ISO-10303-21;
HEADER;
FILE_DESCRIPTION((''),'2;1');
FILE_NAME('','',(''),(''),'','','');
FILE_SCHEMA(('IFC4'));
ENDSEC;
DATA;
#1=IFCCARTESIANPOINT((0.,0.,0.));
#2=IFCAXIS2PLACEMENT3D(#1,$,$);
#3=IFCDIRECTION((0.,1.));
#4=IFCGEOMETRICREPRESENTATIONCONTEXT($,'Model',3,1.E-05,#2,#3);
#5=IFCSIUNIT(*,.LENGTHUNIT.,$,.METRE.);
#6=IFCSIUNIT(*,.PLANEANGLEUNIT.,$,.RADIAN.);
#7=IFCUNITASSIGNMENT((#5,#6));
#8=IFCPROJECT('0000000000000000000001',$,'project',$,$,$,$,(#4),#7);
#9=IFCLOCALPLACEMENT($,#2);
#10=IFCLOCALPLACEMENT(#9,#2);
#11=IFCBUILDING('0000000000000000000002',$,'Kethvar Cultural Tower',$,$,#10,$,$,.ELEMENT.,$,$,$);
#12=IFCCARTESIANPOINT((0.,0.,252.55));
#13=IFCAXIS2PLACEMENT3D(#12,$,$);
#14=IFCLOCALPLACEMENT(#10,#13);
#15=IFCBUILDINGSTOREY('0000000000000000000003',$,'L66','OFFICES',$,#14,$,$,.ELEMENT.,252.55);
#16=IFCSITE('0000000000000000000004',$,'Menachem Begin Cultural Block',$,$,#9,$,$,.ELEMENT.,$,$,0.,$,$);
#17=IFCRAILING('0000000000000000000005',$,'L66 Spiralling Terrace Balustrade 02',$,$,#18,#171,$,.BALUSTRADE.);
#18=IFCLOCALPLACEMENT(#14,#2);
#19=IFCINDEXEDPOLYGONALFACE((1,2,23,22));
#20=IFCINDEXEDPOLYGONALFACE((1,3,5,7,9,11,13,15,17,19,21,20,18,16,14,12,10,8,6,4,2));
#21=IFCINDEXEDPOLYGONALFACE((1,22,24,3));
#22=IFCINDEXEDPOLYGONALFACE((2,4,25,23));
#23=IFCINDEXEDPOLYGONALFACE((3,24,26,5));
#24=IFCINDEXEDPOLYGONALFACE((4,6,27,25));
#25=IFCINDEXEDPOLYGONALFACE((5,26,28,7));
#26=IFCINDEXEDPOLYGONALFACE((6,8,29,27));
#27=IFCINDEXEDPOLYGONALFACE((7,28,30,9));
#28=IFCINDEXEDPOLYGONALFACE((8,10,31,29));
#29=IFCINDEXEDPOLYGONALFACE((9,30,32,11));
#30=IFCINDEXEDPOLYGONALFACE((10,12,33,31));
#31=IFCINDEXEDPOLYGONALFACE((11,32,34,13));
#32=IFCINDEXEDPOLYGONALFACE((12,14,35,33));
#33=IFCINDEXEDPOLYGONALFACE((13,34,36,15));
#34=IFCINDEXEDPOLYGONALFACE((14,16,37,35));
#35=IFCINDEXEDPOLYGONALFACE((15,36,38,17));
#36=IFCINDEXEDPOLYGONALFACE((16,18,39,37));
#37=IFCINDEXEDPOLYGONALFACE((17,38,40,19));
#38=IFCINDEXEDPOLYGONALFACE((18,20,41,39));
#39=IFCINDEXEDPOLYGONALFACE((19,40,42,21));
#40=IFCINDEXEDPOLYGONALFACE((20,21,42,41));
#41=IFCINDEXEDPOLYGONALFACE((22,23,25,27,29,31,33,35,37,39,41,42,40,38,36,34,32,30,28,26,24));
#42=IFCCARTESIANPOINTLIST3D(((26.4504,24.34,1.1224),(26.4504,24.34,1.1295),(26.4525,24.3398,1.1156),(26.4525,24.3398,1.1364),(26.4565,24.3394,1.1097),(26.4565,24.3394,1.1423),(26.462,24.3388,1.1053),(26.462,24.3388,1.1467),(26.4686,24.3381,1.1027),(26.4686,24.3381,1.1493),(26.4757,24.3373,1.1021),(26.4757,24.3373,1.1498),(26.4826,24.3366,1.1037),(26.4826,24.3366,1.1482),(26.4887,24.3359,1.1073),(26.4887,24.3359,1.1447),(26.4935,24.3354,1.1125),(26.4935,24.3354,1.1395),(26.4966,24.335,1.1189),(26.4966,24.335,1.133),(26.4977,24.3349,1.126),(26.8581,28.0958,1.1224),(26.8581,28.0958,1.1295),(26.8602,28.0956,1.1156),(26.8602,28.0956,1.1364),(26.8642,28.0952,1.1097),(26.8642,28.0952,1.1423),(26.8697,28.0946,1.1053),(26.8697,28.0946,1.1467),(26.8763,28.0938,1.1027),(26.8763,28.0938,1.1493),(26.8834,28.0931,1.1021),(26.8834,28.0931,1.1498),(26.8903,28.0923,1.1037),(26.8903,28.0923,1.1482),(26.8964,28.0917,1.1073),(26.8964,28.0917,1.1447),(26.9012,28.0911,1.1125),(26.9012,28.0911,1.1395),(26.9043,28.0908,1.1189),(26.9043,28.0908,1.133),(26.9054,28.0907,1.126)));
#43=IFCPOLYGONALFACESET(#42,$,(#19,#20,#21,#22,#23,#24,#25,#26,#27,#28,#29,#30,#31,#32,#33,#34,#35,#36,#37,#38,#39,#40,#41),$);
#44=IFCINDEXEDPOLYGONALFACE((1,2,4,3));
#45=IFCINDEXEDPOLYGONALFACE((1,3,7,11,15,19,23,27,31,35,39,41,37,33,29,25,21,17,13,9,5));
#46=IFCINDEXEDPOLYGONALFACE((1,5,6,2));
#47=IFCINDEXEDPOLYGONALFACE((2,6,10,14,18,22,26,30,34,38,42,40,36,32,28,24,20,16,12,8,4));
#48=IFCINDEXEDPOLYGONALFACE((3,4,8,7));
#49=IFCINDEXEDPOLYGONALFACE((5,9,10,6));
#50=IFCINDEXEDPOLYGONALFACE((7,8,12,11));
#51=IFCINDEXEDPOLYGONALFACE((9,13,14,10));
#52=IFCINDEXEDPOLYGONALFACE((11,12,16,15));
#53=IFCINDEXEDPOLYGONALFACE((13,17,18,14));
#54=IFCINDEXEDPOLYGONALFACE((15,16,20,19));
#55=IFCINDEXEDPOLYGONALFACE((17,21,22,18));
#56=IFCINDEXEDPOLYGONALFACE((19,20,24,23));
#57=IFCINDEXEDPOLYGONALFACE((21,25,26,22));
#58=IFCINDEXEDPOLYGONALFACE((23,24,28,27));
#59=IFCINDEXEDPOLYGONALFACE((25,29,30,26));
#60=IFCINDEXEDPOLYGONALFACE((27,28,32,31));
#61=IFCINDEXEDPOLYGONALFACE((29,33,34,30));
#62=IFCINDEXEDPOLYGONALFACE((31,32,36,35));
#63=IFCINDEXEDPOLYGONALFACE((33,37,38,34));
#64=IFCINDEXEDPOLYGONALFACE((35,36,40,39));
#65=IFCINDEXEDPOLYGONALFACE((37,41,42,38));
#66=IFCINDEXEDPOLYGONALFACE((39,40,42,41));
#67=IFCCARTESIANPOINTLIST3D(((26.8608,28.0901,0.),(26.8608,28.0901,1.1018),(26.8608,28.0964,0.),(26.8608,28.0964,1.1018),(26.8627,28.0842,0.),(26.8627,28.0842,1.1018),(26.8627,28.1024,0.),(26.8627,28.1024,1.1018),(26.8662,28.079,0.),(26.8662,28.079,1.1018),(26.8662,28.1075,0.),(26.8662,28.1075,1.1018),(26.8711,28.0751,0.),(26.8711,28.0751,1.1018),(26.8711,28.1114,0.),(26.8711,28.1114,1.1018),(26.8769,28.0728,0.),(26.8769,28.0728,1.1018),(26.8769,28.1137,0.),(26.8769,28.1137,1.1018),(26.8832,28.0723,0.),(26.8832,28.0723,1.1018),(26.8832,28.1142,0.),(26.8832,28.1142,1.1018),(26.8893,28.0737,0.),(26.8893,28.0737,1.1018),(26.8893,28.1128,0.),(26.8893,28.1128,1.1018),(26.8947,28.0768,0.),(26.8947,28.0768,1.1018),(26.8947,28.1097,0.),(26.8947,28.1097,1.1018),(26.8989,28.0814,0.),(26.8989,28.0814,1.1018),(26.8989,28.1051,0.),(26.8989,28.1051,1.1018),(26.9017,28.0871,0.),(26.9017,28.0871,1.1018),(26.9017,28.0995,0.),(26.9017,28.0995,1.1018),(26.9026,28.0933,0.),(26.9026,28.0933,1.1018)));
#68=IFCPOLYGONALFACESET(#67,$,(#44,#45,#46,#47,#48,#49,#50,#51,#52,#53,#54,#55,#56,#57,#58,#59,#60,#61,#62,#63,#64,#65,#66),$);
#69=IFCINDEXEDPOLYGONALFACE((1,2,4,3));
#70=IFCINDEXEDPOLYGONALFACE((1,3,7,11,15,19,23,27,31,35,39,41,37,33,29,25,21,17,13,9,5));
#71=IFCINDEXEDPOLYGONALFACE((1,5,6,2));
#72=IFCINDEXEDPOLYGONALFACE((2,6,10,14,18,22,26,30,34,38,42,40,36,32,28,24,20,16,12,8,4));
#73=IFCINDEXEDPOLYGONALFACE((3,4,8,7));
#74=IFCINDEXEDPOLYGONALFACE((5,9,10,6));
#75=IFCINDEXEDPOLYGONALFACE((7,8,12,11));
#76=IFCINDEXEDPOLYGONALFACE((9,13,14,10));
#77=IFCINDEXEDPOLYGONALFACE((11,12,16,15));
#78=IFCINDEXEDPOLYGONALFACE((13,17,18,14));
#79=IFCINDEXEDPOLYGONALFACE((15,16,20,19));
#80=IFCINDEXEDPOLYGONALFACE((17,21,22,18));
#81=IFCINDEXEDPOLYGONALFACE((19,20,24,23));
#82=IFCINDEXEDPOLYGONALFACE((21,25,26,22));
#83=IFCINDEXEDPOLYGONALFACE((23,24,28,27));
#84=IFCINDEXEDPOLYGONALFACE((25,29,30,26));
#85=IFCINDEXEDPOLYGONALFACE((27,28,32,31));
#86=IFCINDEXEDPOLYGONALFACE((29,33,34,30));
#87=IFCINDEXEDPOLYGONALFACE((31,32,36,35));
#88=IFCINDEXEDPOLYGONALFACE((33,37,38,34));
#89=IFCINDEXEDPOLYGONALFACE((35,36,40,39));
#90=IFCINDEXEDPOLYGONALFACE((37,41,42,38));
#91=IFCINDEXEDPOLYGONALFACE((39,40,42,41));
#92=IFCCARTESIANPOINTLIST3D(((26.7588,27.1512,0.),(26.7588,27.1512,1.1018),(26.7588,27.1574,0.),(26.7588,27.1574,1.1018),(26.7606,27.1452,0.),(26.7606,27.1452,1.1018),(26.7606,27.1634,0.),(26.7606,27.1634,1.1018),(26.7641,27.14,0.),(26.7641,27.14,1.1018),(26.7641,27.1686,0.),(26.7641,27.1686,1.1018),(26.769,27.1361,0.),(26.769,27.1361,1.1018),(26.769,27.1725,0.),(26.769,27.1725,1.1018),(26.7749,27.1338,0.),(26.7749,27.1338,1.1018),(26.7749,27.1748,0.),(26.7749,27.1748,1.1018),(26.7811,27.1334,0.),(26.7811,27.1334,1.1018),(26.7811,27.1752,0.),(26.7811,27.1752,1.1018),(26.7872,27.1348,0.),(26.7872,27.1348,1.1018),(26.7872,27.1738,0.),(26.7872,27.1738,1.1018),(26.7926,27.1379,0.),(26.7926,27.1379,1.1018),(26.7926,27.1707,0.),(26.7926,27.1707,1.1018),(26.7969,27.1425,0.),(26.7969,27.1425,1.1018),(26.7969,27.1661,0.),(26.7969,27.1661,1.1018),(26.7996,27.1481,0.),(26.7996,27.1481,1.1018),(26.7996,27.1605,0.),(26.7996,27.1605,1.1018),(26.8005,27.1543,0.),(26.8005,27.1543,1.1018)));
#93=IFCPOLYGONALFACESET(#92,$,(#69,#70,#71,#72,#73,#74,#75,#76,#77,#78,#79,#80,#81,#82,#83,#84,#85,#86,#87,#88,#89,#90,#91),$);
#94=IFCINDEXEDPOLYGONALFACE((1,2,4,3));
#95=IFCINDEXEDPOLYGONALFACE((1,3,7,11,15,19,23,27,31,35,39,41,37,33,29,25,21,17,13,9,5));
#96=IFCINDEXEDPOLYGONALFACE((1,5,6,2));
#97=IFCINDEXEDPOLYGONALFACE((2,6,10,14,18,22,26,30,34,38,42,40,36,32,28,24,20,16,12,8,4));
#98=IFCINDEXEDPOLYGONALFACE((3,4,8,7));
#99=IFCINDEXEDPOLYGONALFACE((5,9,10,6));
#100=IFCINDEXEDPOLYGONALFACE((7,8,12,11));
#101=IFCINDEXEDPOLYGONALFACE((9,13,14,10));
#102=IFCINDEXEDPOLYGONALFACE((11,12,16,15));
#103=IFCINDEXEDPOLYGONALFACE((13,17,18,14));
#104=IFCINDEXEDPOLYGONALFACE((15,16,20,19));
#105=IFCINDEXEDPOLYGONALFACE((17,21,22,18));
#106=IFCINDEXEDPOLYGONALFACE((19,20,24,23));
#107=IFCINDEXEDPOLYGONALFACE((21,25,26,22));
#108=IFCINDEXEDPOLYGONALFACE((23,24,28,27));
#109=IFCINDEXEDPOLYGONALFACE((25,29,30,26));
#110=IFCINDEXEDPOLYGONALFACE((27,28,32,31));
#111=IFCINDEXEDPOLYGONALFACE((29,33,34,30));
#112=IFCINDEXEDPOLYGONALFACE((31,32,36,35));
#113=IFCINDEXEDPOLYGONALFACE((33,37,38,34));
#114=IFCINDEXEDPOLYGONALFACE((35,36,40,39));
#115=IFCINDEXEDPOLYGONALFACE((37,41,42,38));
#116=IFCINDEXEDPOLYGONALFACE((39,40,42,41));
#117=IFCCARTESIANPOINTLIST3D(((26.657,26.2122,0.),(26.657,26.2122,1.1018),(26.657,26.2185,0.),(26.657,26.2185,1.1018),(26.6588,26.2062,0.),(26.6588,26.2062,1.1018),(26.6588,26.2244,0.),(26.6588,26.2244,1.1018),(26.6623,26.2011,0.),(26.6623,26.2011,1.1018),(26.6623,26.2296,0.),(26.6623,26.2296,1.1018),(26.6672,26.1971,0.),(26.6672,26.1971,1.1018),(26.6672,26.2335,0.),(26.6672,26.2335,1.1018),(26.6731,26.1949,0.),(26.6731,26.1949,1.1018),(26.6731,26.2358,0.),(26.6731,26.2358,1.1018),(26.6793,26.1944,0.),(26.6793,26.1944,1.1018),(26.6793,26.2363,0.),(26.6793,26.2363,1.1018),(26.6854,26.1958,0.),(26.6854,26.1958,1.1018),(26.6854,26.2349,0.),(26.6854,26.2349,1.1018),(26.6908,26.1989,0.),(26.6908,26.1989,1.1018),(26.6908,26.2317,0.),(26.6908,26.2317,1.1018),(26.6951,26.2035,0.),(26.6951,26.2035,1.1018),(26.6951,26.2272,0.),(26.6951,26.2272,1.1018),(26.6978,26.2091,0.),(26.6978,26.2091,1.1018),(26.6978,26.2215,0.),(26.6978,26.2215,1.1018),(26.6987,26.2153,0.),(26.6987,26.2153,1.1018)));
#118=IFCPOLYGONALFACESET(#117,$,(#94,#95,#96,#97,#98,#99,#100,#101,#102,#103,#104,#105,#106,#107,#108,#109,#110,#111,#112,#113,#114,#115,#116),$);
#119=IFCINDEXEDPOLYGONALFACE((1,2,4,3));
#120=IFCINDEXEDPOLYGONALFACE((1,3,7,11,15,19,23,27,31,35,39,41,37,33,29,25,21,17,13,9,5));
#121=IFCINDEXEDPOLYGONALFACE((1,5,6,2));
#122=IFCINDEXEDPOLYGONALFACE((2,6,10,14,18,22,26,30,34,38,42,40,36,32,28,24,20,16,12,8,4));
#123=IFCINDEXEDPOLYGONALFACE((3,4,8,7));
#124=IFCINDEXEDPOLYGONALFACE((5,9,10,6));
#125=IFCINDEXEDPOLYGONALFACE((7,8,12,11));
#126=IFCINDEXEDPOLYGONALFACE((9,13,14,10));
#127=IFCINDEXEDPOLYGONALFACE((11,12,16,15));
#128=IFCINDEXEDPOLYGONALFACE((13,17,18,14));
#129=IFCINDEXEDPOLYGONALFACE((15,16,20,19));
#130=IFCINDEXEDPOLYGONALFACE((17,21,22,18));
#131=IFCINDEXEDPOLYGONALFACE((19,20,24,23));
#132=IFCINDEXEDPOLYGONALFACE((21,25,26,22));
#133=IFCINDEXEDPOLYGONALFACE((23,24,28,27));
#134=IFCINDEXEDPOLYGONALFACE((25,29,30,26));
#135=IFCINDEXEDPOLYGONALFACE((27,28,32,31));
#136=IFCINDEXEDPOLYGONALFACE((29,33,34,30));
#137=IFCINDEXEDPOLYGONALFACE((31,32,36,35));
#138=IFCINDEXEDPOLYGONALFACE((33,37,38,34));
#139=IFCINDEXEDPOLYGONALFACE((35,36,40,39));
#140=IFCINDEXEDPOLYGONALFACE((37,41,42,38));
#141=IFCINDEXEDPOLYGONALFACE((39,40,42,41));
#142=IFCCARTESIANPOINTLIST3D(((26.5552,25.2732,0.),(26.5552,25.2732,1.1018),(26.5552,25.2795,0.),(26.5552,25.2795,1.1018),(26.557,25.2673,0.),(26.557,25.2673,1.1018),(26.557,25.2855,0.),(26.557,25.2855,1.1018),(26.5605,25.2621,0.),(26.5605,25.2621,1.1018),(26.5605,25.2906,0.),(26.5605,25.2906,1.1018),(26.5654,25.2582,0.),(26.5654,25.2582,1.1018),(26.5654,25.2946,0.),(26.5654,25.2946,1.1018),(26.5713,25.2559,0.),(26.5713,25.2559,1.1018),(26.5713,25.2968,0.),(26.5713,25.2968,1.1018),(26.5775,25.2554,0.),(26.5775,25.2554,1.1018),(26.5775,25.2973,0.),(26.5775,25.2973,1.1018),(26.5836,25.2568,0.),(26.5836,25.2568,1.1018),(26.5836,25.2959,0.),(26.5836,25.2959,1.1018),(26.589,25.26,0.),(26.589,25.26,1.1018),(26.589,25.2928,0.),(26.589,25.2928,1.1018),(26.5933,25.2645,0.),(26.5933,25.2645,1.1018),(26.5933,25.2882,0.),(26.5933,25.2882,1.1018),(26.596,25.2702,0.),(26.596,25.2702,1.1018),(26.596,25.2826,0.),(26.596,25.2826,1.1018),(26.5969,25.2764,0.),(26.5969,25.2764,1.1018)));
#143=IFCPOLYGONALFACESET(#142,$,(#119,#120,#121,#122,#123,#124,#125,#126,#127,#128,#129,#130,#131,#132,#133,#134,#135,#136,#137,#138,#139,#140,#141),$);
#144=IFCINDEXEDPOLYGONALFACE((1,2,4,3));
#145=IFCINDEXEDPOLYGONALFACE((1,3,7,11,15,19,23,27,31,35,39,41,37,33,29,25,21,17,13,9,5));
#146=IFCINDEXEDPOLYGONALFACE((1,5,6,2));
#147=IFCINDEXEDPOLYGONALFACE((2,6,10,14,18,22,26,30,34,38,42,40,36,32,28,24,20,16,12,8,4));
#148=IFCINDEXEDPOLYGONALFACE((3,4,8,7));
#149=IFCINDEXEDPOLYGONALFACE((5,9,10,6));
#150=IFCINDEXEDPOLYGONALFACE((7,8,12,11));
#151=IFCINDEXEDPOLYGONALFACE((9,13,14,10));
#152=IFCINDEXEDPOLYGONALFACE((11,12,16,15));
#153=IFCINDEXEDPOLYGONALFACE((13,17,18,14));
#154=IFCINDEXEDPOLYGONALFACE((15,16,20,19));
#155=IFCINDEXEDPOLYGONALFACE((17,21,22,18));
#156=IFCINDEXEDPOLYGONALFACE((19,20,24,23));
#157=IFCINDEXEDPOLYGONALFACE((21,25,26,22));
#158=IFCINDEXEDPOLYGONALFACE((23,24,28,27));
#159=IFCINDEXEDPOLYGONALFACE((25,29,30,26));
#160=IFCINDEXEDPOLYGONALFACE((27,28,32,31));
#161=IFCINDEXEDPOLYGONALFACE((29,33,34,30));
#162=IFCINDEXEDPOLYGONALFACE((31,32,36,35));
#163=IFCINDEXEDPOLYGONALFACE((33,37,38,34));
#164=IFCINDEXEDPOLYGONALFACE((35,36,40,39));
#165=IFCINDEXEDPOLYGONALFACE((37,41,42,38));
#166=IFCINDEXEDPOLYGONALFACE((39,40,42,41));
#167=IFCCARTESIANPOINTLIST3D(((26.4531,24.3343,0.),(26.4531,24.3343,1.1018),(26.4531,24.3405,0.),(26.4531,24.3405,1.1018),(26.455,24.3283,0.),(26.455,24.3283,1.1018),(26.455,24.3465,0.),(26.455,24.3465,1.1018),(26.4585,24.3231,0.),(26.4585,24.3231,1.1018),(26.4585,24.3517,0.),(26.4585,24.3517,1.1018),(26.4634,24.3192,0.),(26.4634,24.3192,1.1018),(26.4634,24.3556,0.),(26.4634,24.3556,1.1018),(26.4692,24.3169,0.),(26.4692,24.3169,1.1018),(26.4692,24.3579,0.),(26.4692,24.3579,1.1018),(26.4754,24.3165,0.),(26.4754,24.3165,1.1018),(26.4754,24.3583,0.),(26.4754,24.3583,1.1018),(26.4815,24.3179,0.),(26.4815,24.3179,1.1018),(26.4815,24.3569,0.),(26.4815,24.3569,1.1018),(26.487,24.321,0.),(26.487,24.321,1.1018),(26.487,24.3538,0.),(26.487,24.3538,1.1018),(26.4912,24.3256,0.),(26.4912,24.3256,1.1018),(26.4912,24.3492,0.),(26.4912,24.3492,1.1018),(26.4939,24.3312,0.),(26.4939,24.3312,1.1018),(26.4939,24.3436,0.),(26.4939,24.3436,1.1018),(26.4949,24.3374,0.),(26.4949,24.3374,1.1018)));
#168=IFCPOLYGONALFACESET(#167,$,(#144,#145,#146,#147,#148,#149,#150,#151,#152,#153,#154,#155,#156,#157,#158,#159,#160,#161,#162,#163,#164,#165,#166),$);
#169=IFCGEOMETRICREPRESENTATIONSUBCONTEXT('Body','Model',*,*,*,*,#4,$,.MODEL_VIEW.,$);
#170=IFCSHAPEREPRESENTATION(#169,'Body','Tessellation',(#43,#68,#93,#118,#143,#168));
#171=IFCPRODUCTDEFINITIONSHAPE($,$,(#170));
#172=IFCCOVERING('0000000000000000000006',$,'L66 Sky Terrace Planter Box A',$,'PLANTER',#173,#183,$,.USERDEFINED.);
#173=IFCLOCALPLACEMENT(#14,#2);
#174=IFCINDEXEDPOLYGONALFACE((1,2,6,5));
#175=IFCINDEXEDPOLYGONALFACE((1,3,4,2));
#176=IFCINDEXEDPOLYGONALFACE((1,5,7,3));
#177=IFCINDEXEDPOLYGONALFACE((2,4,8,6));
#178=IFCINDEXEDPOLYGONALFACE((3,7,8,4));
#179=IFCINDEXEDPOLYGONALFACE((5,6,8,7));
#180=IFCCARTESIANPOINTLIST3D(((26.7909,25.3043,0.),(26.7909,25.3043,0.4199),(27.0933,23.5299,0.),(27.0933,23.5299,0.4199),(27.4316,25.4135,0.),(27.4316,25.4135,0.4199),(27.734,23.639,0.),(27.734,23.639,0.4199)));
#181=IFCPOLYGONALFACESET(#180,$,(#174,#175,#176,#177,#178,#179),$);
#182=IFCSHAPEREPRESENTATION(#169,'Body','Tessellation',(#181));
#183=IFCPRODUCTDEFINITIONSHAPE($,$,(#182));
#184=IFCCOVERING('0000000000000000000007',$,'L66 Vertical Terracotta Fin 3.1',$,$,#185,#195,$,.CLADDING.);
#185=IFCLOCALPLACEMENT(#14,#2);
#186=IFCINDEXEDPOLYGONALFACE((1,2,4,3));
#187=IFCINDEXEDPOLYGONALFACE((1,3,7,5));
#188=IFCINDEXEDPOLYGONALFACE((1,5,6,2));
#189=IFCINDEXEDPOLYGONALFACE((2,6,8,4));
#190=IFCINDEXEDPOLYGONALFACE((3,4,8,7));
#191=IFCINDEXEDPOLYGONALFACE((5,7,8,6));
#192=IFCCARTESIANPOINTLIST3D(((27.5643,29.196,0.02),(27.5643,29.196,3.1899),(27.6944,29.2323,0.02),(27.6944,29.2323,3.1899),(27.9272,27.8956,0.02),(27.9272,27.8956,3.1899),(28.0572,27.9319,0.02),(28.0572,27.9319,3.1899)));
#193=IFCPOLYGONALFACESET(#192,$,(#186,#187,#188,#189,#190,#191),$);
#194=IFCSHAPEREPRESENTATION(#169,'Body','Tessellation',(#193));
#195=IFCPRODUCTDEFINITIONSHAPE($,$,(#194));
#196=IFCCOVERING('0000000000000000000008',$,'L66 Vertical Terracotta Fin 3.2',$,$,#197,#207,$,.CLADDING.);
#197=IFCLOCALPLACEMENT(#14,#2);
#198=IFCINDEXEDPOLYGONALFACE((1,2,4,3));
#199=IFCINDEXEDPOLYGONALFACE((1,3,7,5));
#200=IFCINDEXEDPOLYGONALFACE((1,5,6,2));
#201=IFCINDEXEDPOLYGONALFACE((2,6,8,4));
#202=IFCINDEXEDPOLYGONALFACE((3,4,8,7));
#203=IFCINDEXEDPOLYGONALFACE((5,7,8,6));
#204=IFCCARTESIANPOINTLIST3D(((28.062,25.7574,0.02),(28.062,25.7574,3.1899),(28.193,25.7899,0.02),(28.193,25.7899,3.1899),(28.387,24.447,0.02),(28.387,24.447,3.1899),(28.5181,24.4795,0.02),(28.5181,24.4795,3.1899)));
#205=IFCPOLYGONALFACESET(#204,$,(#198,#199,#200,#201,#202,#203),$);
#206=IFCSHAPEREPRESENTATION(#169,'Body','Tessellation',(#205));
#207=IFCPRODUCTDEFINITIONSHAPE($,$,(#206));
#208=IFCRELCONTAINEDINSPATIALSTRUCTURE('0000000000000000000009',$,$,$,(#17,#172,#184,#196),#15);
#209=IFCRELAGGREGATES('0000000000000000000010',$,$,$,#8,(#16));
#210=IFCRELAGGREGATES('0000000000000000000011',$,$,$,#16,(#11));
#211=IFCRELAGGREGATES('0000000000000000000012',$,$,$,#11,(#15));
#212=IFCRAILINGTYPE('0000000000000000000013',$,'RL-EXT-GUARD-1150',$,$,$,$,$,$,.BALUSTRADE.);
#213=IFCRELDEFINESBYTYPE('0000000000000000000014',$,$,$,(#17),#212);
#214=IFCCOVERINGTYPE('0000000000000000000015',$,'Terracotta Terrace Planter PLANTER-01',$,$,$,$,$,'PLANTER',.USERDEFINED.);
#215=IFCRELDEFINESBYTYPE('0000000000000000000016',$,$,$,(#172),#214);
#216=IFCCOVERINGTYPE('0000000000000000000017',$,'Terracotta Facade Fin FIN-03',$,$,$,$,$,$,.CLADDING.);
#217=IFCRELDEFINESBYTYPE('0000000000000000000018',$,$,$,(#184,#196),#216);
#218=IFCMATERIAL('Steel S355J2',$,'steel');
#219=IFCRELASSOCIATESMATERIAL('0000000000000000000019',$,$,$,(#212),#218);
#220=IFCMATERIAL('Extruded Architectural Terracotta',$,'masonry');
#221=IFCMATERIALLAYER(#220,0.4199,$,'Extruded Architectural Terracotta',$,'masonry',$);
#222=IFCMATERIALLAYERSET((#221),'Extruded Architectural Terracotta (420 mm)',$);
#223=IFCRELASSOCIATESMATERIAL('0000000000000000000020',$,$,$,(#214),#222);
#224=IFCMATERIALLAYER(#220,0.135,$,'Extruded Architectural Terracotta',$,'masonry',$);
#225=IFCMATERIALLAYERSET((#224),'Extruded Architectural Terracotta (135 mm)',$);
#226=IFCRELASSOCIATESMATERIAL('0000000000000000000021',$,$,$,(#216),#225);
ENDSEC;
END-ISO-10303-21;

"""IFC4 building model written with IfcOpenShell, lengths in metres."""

from ifc_helpers import new_model, si_unit, direction, frame, origin, origin_2d, place, context, subcontext, project, spatial, rectangle, circle, extrude, source, transform, mapped, material, layer, layer_set, type_object, element, save


model = new_model("IFC4")

# Units and contexts
model_context = context("Model", 3, precision=1e-05, world=origin(), true_north=direction((0.0, 1.0)))
body_context = subcontext(model_context, "Body", "Model", "MODEL_VIEW")
ifc_project = project(units=[si_unit("LENGTHUNIT", "METRE"), si_unit("PLANEANGLEUNIT", "RADIAN")], contexts=[model_context])

# Site, building, storey
site_placement = place(None, origin())
site = spatial("IfcSite", under=ifc_project, at=site_placement, Name="Menachem Begin Cultural Block", CompositionType="ELEMENT", RefElevation=0.0)
building_placement = place(site_placement, origin())
building = spatial("IfcBuilding", under=site, at=building_placement, Name="Kethvar Cultural Tower", CompositionType="ELEMENT")
storey_placement = place(building_placement, frame((0.0, 0.0, 252.55)))
storey = spatial("IfcBuildingStorey", under=building, at=storey_placement, Name="L66", Description="OFFICES", CompositionType="ELEMENT", Elevation=252.55)

# Shared definitions
ifc_material_1 = material(Name="Steel S355J2", Category="steel")

# Railing
railing_type = type_object("IfcRailingType", Name="RL-EXT-GUARD-1150", PredefinedType="BALUSTRADE", material=ifc_material_1)
railing_1_placement = place(storey_placement, frame((26.8816, 28.0933, 0.0)))
element("IfcRailing", 1, at=railing_1_placement, inside=storey, type_object=railing_type, Name="L66 Spiralling Terrace Balustrade 02", PredefinedType="BALUSTRADE", context=body_context, shape_type="SweptSolid", body=[
    extrude(circle(Radius=0.0239, at=origin_2d()), frame((0.0, 0.0, 1.126), z_axis=(-0.10792, -0.99416, 0.0), x_axis=(0.99416, -0.10792, 0.0)), (0.0, 0.0, 1.0), 3.7778),
    extrude(circle(Radius=0.021, at=origin_2d()), origin(), (0.0, 0.0, 1.0), 1.1018),
    extrude(circle(Radius=0.021, at=origin_2d()), frame((-0.1021, -0.939, 0.0)), (0.0, 0.0, 1.0), 1.1018),
    extrude(circle(Radius=0.021, at=origin_2d()), frame((-0.2039, -1.8779, 0.0)), (0.0, 0.0, 1.0), 1.1018),
    extrude(circle(Radius=0.021, at=origin_2d()), frame((-0.3057, -2.8169, 0.0)), (0.0, 0.0, 1.0), 1.1018),
    extrude(circle(Radius=0.021, at=origin_2d()), frame((-0.4077, -3.7559, 0.0)), (0.0, 0.0, 1.0), 1.1018),
])

# Coverings
ifc_material_2 = material(Name="Extruded Architectural Terracotta", Category="masonry")
ifc_layer_1 = layer(ifc_material_2, 0.4199, Name="Extruded Architectural Terracotta", Category="masonry")
ifc_layer_set_1 = layer_set([ifc_layer_1], Name="Extruded Architectural Terracotta (420 mm)")
covering_type_1 = type_object("IfcCoveringType", Name="Terracotta Terrace Planter PLANTER-01", ElementType="PLANTER", PredefinedType="USERDEFINED", material=ifc_layer_set_1)
shared_shape_1 = source(origin(), body_context, "Body", "SweptSolid", [
    extrude(rectangle(XDim=1.8, YDim=0.6499, at=origin_2d()), origin(), (0.0, 0.0, 1.0), 0.4199),
])
covering_placement = place(storey_placement, frame((27.2625, 24.4717, 0.0), z_axis=(0.0, 0.0, 1.0), x_axis=(0.167973, -0.985792, 0.0)))
element("IfcCovering", 2, at=covering_placement, inside=storey, type_object=covering_type_1, Name="L66 Sky Terrace Planter Box A", ObjectType="PLANTER", PredefinedType="USERDEFINED", context=body_context, shape_type="MappedRepresentation", body=[
    mapped(shared_shape_1, transform((0.0, 0.0, 0.0), scale=1.0)),
])
ifc_layer_2 = layer(ifc_material_2, 0.135, Name="Extruded Architectural Terracotta", Category="masonry")
ifc_layer_set_2 = layer_set([ifc_layer_2], Name="Extruded Architectural Terracotta (135 mm)")
covering_type_2 = type_object("IfcCoveringType", Name="Terracotta Facade Fin FIN-03", PredefinedType="CLADDING", material=ifc_layer_set_2)
shared_shape_2 = source(origin(), body_context, "Body", "SweptSolid", [
    extrude(rectangle(XDim=1.3501, YDim=0.135, at=origin_2d()), origin(), (0.0, 0.0, 1.0), 3.1699),
])
for number, where, z_axis, x_axis, name in (
    (3, (27.8108, 28.564, 0.02), (0.0, 0.0, 1.0), (-0.268752, 0.963209, 0.0), "L66 Vertical Terracotta Fin 3.1"),
    (4, (28.29, 25.1184, 0.02), (0.0, 0.0, 1.0), (-0.240736, 0.970591, 0.0), "L66 Vertical Terracotta Fin 3.2"),
):
    element("IfcCovering", number, at=place(storey_placement, frame(where, z_axis=z_axis, x_axis=x_axis)), inside=storey, type_object=covering_type_2, Name=name, PredefinedType="CLADDING", context=body_context, shape_type="MappedRepresentation", body=[
        mapped(shared_shape_2, transform((0.0, 0.0, 0.0), scale=1.0)),
    ])

save(model, "model.ifc")
